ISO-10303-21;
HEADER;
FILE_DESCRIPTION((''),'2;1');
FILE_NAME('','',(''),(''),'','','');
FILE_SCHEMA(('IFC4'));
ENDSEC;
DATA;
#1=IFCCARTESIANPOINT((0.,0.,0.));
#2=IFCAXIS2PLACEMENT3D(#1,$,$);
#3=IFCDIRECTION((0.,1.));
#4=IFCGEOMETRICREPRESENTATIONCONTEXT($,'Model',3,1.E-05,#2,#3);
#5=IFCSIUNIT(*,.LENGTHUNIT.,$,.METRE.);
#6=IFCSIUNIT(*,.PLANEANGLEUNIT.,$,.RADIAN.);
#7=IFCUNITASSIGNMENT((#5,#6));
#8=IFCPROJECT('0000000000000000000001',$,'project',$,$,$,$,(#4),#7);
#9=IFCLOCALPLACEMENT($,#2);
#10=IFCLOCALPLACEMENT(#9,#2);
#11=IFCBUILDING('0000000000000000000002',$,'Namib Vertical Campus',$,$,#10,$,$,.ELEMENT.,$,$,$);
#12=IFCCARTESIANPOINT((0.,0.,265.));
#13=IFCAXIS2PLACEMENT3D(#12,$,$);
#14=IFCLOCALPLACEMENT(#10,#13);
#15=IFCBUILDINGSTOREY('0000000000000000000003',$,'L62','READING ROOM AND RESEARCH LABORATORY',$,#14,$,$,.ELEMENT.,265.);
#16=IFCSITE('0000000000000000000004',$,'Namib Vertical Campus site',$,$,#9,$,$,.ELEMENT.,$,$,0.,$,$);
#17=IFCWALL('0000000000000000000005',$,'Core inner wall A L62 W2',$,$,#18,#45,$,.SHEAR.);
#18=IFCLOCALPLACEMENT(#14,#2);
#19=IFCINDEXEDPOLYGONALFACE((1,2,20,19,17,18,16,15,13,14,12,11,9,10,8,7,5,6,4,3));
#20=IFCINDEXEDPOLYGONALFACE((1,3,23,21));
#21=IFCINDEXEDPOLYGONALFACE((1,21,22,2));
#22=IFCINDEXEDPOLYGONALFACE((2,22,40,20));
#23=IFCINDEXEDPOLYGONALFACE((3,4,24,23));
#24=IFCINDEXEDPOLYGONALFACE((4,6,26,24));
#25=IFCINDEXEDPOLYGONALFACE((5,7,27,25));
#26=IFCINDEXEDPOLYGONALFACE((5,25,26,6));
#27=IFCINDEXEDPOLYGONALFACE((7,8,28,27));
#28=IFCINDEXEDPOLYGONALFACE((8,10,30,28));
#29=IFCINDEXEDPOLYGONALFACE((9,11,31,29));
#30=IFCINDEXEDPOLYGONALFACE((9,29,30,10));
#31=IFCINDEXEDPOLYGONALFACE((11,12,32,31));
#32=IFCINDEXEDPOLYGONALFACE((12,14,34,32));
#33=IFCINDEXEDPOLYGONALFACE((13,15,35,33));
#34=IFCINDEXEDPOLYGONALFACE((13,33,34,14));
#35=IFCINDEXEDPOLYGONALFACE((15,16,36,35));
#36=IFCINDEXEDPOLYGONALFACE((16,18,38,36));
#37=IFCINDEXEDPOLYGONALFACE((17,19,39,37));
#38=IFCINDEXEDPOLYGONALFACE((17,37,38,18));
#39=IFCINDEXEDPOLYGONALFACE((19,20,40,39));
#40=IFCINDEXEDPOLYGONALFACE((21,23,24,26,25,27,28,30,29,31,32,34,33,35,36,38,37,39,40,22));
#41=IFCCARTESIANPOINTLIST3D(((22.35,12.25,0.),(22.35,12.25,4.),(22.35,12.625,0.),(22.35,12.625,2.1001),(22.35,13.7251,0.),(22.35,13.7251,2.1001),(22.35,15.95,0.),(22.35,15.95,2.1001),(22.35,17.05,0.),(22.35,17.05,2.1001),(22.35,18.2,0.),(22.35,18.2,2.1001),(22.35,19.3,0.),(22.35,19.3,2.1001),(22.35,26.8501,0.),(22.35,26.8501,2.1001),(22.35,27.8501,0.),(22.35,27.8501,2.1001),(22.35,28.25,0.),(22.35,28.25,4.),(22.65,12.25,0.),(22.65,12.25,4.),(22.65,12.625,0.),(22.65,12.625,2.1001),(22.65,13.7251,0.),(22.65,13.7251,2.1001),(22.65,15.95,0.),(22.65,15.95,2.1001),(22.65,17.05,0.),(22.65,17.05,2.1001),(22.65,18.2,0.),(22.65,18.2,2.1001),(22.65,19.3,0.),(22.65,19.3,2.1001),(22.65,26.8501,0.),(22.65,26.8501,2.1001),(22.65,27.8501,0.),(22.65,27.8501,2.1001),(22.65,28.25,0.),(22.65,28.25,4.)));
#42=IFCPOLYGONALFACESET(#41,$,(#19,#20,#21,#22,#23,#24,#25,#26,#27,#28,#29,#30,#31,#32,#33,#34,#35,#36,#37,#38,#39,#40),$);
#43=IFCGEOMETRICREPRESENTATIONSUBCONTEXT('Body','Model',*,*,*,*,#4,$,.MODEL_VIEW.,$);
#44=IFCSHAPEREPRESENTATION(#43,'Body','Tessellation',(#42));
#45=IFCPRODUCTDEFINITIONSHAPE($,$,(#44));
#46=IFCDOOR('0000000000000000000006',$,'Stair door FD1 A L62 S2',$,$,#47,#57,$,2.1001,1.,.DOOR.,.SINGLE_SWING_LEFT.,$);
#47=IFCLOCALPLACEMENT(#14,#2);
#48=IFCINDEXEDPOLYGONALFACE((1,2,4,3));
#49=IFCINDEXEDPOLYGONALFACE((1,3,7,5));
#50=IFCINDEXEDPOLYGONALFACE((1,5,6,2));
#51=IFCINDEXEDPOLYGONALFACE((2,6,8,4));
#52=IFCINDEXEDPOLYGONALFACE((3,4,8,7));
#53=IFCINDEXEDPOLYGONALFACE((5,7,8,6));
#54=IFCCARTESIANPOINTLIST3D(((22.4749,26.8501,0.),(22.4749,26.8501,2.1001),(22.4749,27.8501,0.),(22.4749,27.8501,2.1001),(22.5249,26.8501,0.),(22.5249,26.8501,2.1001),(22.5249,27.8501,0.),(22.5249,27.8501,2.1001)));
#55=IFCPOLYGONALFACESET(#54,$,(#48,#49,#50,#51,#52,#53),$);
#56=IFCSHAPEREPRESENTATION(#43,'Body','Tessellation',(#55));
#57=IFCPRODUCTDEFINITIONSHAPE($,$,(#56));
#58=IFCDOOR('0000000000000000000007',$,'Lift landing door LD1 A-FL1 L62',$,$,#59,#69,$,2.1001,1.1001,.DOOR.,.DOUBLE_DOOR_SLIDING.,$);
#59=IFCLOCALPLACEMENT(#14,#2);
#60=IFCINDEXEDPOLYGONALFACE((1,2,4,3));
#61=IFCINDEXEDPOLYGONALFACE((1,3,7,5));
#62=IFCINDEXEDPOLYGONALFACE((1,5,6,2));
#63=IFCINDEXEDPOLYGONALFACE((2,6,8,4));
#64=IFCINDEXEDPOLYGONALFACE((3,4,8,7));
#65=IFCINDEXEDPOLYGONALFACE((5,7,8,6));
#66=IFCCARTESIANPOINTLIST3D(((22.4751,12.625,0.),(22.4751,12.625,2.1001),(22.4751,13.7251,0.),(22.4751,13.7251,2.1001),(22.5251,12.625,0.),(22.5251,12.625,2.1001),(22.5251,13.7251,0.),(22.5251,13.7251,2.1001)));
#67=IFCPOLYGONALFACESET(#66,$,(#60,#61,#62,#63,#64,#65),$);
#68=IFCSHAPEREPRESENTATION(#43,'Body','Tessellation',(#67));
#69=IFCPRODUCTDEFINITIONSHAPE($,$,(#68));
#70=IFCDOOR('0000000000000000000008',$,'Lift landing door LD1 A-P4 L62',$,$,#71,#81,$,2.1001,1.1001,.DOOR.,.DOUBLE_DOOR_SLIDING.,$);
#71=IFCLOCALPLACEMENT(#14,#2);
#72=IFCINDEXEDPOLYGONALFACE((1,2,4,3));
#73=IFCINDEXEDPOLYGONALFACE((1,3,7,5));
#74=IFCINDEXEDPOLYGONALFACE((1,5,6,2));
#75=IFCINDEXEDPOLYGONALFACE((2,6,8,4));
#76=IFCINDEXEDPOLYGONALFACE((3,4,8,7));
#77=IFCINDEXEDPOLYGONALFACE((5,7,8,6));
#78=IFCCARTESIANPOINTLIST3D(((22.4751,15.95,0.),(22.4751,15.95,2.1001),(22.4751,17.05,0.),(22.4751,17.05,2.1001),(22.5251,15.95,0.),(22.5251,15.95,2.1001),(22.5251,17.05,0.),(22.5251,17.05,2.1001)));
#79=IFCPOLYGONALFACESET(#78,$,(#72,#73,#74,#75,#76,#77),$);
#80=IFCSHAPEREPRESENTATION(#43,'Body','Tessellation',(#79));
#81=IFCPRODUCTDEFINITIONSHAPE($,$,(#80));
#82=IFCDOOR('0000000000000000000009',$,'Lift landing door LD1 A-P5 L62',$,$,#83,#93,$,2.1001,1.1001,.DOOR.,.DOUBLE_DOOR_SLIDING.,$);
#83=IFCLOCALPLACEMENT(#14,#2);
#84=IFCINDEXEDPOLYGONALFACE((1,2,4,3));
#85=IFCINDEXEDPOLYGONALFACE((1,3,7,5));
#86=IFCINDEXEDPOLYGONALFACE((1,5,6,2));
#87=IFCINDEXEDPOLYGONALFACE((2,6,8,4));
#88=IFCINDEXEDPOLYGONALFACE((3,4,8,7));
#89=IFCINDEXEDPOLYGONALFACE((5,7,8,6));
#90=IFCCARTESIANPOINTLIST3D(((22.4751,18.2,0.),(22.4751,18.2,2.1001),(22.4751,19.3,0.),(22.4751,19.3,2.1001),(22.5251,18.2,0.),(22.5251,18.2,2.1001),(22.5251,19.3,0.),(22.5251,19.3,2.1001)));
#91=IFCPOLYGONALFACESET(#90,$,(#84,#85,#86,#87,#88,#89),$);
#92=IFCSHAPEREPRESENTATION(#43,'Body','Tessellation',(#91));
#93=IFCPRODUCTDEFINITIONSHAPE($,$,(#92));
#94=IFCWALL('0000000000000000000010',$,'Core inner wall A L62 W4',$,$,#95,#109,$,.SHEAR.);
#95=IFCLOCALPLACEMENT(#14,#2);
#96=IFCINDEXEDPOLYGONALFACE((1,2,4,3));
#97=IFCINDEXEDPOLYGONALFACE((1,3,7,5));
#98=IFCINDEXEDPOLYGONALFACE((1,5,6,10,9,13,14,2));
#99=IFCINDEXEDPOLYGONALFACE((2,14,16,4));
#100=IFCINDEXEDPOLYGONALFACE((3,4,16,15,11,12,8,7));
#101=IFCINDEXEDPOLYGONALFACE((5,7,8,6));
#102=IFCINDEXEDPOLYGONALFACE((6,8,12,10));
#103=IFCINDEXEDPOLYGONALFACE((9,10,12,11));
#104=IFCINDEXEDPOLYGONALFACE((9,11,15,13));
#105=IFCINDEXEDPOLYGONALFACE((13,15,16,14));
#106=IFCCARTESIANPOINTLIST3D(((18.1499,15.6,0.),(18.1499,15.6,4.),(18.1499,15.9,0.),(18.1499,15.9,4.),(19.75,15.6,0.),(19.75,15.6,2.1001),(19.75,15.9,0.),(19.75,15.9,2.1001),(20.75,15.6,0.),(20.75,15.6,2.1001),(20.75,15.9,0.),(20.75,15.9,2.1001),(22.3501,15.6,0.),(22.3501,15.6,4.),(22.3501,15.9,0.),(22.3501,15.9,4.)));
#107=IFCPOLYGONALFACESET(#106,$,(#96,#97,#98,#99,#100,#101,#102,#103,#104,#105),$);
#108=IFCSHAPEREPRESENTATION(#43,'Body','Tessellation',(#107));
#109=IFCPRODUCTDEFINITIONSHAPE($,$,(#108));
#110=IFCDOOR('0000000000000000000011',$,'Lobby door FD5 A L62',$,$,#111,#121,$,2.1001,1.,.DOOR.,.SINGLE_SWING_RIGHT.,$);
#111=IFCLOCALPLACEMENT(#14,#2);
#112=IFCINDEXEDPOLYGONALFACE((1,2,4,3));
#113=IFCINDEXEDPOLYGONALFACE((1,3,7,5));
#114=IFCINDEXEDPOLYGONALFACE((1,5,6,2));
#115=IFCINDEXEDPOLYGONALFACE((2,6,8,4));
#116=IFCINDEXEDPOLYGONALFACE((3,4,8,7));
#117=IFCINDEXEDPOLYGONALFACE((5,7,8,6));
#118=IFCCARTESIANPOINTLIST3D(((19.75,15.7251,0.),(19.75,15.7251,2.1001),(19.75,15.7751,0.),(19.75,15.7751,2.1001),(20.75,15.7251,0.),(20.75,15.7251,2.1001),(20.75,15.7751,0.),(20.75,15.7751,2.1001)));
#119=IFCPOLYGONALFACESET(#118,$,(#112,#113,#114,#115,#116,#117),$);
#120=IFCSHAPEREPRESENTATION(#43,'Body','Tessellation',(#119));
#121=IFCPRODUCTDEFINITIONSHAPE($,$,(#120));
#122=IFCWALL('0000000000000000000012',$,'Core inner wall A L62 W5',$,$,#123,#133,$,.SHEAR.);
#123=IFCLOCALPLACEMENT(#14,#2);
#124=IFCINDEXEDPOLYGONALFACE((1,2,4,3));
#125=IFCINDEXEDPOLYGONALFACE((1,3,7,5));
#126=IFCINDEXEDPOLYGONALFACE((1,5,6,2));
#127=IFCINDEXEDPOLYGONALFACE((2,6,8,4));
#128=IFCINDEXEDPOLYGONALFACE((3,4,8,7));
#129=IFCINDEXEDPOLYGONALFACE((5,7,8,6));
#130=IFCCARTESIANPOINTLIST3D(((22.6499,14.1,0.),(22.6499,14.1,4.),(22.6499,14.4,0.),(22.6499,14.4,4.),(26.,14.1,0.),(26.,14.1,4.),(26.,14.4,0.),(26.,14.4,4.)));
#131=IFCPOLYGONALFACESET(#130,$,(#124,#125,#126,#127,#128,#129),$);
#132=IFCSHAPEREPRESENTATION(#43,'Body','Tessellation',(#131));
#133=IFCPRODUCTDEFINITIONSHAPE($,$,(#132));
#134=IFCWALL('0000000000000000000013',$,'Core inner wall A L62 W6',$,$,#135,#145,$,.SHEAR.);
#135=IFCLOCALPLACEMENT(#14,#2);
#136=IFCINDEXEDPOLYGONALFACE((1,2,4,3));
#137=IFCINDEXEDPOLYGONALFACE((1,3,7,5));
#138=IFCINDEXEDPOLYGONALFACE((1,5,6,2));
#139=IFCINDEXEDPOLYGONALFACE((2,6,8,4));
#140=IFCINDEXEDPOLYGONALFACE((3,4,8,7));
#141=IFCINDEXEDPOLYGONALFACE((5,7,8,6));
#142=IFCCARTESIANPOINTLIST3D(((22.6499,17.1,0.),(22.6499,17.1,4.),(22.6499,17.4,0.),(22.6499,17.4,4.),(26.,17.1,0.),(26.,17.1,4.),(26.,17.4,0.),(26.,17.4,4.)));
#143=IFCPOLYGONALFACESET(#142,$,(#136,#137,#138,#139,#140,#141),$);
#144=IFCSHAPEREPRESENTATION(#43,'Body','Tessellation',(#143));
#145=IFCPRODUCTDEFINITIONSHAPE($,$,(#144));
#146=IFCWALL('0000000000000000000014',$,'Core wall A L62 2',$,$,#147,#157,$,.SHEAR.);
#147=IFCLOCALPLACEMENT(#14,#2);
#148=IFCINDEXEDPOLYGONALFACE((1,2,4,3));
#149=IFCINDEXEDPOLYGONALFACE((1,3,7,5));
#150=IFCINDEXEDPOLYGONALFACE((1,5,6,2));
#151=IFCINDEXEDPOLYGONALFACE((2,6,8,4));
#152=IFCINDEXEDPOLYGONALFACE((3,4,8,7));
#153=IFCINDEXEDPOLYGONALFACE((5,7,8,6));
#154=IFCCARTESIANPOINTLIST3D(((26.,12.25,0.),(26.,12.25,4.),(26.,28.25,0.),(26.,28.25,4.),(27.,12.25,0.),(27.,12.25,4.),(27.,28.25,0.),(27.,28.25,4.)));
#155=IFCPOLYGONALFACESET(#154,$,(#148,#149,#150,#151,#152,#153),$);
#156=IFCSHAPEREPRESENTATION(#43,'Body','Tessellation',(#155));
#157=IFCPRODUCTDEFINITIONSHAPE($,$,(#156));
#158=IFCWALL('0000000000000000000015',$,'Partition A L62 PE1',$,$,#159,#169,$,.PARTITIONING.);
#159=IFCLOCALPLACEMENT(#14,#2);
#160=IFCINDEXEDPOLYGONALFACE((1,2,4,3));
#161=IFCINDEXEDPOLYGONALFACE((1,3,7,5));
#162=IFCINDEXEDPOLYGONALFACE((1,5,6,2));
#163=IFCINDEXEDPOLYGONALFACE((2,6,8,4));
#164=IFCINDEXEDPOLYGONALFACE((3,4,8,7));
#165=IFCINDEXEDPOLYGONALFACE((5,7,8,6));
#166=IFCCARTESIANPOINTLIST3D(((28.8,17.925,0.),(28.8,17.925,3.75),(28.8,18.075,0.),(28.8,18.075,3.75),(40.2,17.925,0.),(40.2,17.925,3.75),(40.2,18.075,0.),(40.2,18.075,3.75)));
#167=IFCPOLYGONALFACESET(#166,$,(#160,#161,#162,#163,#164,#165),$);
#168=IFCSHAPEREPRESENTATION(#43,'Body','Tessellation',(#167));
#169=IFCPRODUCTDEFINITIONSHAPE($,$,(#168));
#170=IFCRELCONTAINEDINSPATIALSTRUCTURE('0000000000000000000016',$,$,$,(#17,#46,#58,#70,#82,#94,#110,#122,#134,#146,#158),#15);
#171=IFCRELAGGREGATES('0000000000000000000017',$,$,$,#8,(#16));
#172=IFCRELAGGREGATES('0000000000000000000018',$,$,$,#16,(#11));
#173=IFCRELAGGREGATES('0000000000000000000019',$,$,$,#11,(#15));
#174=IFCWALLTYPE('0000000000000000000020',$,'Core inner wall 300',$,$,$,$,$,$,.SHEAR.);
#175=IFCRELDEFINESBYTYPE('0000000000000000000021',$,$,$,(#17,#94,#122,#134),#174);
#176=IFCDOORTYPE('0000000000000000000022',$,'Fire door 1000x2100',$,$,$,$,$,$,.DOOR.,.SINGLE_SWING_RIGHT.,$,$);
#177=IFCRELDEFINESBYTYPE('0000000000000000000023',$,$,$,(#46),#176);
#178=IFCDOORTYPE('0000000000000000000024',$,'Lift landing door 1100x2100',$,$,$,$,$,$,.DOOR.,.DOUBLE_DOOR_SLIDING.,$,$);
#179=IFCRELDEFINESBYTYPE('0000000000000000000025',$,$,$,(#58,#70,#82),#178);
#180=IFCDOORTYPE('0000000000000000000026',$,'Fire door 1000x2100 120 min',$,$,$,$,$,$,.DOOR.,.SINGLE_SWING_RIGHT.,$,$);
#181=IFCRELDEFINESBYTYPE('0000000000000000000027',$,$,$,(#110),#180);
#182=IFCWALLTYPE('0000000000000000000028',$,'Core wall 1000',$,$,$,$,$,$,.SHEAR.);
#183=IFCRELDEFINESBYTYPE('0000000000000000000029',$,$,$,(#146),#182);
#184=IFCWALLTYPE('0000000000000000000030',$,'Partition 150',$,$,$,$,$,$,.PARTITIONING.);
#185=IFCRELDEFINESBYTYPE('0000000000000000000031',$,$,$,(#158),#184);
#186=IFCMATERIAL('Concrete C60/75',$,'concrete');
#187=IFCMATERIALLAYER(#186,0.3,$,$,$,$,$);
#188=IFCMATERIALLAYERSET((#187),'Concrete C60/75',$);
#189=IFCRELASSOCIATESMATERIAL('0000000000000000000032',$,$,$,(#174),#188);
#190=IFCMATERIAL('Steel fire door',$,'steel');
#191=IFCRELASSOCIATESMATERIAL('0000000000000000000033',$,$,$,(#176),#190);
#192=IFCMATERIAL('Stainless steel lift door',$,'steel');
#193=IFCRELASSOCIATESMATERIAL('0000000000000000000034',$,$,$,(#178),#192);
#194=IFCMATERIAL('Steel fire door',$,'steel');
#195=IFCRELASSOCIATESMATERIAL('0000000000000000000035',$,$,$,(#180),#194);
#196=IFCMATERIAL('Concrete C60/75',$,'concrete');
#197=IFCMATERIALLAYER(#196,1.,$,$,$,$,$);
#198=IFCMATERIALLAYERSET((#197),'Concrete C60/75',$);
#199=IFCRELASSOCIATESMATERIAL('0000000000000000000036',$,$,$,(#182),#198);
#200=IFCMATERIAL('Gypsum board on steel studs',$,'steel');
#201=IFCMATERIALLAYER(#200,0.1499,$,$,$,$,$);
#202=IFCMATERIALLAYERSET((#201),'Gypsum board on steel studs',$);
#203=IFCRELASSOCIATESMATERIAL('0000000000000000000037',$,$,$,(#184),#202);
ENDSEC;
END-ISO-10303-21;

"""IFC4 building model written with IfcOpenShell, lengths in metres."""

from ifc_helpers import new_model, si_unit, direction, frame, frame_2d, origin, place, context, subcontext, project, spatial, rectangle, extrude, material, layer, layer_set, type_object, element, fill, save


model = new_model("IFC4")

# Units and contexts
model_context = context("Model", 3, precision=1e-05, world=origin(), true_north=direction((0.0, 1.0)))
body_context = subcontext(model_context, "Body", "Model", "MODEL_VIEW")
ifc_project = project(units=[si_unit("LENGTHUNIT", "METRE"), si_unit("PLANEANGLEUNIT", "RADIAN")], contexts=[model_context])

# Site, building, storey
site_placement = place(None, origin())
site = spatial("IfcSite", under=ifc_project, at=site_placement, Name="Namib Vertical Campus site", CompositionType="ELEMENT", RefElevation=0.0)
building_placement = place(site_placement, origin())
building = spatial("IfcBuilding", under=site, at=building_placement, Name="Namib Vertical Campus", CompositionType="ELEMENT")
storey_placement = place(building_placement, frame((0.0, 0.0, 265.0)))
storey = spatial("IfcBuildingStorey", under=building, at=storey_placement, Name="L62", Description="READING ROOM AND RESEARCH LABORATORY", CompositionType="ELEMENT", Elevation=265.0)

# Wall, openings, doors
ifc_material_1 = material(Name="Concrete C60/75", Category="concrete")
ifc_layer_1 = layer(ifc_material_1, 0.3)
ifc_layer_set_1 = layer_set([ifc_layer_1], Name="Concrete C60/75")
wall_type_1 = type_object("IfcWallType", Name="Core inner wall 300", PredefinedType="SHEAR", material=ifc_layer_set_1)
wall_1_placement = place(storey_placement, frame((22.5, 12.25, 0.0), z_axis=(0.0, 0.0, 1.0), x_axis=(0.0, 1.0, 0.0)))
wall_1 = element("IfcWall", 1, at=wall_1_placement, inside=storey, type_object=wall_type_1, Name="Core inner wall A L62 W2", PredefinedType="SHEAR", context=body_context, shape_type="SweptSolid", body=[
    extrude(rectangle(XDim=16.0, YDim=0.3, at=frame_2d((8.0, 0.0))), origin(), (0.0, 0.0, 1.0), 4.0),
])
opening_1_placement = place(wall_1_placement, frame((14.6001, 0.0, 0.0)))
opening_1 = element("IfcOpeningElement", 2, at=opening_1_placement, cuts=wall_1, PredefinedType="OPENING", context=body_context, shape_type="SweptSolid", body=[
    extrude(rectangle(XDim=1.0, YDim=2.1001, at=frame_2d((0.5, 1.05))), frame((0.0, 0.1599, 0.0), z_axis=(0.0, -1.0, 0.0), x_axis=(1.0, 0.0, 0.0)), (0.0, 0.0, 1.0), 0.3201),
])
opening_2_placement = place(wall_1_placement, frame((0.375, 0.0, 0.0)))
opening_2 = element("IfcOpeningElement", 3, at=opening_2_placement, cuts=wall_1, PredefinedType="OPENING", context=body_context, shape_type="SweptSolid", body=[
    extrude(rectangle(XDim=1.1001, YDim=2.1001, at=frame_2d((0.55, 1.05))), frame((0.0, 0.1599, 0.0), z_axis=(0.0, -1.0, 0.0), x_axis=(1.0, 0.0, 0.0)), (0.0, 0.0, 1.0), 0.3201),
])
opening_3_placement = place(wall_1_placement, frame((3.7, 0.0, 0.0)))
opening_3 = element("IfcOpeningElement", 4, at=opening_3_placement, cuts=wall_1, PredefinedType="OPENING", context=body_context, shape_type="SweptSolid", body=[
    extrude(rectangle(XDim=1.1001, YDim=2.1001, at=frame_2d((0.55, 1.05))), frame((0.0, 0.1599, 0.0), z_axis=(0.0, -1.0, 0.0), x_axis=(1.0, 0.0, 0.0)), (0.0, 0.0, 1.0), 0.3201),
])
opening_4_placement = place(wall_1_placement, frame((5.95, 0.0, 0.0)))
opening_4 = element("IfcOpeningElement", 5, at=opening_4_placement, cuts=wall_1, PredefinedType="OPENING", context=body_context, shape_type="SweptSolid", body=[
    extrude(rectangle(XDim=1.1001, YDim=2.1001, at=frame_2d((0.55, 1.05))), frame((0.0, 0.1599, 0.0), z_axis=(0.0, -1.0, 0.0), x_axis=(1.0, 0.0, 0.0)), (0.0, 0.0, 1.0), 0.3201),
])
ifc_material_2 = material(Name="Steel fire door", Category="steel")
door_type_1 = type_object("IfcDoorType", Name="Fire door 1000x2100", OperationType="SINGLE_SWING_RIGHT", PredefinedType="DOOR", material=ifc_material_2)
door_1_placement = place(opening_1_placement, frame((1.0, 0.0, 0.0), z_axis=(0.0, 0.0, 1.0), x_axis=(-1.0, 0.0, 0.0)))
door_1 = element("IfcDoor", 6, at=door_1_placement, inside=storey, type_object=door_type_1, Name="Stair door FD1 A L62 S2", OperationType="SINGLE_SWING_LEFT", OverallHeight=2.1001, OverallWidth=1.0, PredefinedType="DOOR", context=body_context, shape_type="SweptSolid", body=[
    extrude(rectangle(XDim=1.0, YDim=2.1001, at=frame_2d((0.5, 1.05))), frame((0.0, 0.0249, 0.0), z_axis=(0.0, -1.0, 0.0), x_axis=(1.0, 0.0, 0.0)), (0.0, 0.0, 1.0), 0.05),
])
fill(opening_1, door_1)
ifc_material_3 = material(Name="Stainless steel lift door", Category="steel")
door_type_2 = type_object("IfcDoorType", Name="Lift landing door 1100x2100", OperationType="DOUBLE_DOOR_SLIDING", PredefinedType="DOOR", material=ifc_material_3)
door_2_placement = place(opening_2_placement, origin())
door_2 = element("IfcDoor", 7, at=door_2_placement, inside=storey, type_object=door_type_2, Name="Lift landing door LD1 A-FL1 L62", OperationType="DOUBLE_DOOR_SLIDING", OverallHeight=2.1001, OverallWidth=1.1001, PredefinedType="DOOR", context=body_context, shape_type="SweptSolid", body=[
    extrude(rectangle(XDim=1.1001, YDim=2.1001, at=frame_2d((0.55, 1.05))), frame((0.0, 0.0249, 0.0), z_axis=(0.0, -1.0, 0.0), x_axis=(1.0, 0.0, 0.0)), (0.0, 0.0, 1.0), 0.05),
])
fill(opening_2, door_2)
door_3_placement = place(opening_3_placement, origin())
door_3 = element("IfcDoor", 8, at=door_3_placement, inside=storey, type_object=door_type_2, Name="Lift landing door LD1 A-P4 L62", OperationType="DOUBLE_DOOR_SLIDING", OverallHeight=2.1001, OverallWidth=1.1001, PredefinedType="DOOR", context=body_context, shape_type="SweptSolid", body=[
    extrude(rectangle(XDim=1.1001, YDim=2.1001, at=frame_2d((0.55, 1.05))), frame((0.0, 0.0249, 0.0), z_axis=(0.0, -1.0, 0.0), x_axis=(1.0, 0.0, 0.0)), (0.0, 0.0, 1.0), 0.05),
])
fill(opening_3, door_3)
door_4_placement = place(opening_4_placement, origin())
door_4 = element("IfcDoor", 9, at=door_4_placement, inside=storey, type_object=door_type_2, Name="Lift landing door LD1 A-P5 L62", OperationType="DOUBLE_DOOR_SLIDING", OverallHeight=2.1001, OverallWidth=1.1001, PredefinedType="DOOR", context=body_context, shape_type="SweptSolid", body=[
    extrude(rectangle(XDim=1.1001, YDim=2.1001, at=frame_2d((0.55, 1.05))), frame((0.0, 0.0249, 0.0), z_axis=(0.0, -1.0, 0.0), x_axis=(1.0, 0.0, 0.0)), (0.0, 0.0, 1.0), 0.05),
])
fill(opening_4, door_4)

# Wall, opening, door
wall_2_placement = place(storey_placement, frame((18.1499, 15.75, 0.0), z_axis=(0.0, 0.0, 1.0), x_axis=(1.0, 0.0, 0.0)))
wall_2 = element("IfcWall", 10, at=wall_2_placement, inside=storey, type_object=wall_type_1, Name="Core inner wall A L62 W4", PredefinedType="SHEAR", context=body_context, shape_type="SweptSolid", body=[
    extrude(rectangle(XDim=4.2002, YDim=0.3, at=frame_2d((2.1001, 0.0))), origin(), (0.0, 0.0, 1.0), 4.0),
])
opening_5_placement = place(wall_2_placement, frame((1.6001, 0.0, 0.0)))
opening_5 = element("IfcOpeningElement", 11, at=opening_5_placement, cuts=wall_2, PredefinedType="OPENING", context=body_context, shape_type="SweptSolid", body=[
    extrude(rectangle(XDim=1.0, YDim=2.1001, at=frame_2d((0.5, 1.05))), frame((0.0, 0.1599, 0.0), z_axis=(0.0, -1.0, 0.0), x_axis=(1.0, 0.0, 0.0)), (0.0, 0.0, 1.0), 0.3201),
])
ifc_material_4 = material(Name="Steel fire door", Category="steel")
door_type_3 = type_object("IfcDoorType", Name="Fire door 1000x2100 120 min", OperationType="SINGLE_SWING_RIGHT", PredefinedType="DOOR", material=ifc_material_4)
door_5_placement = place(opening_5_placement, frame((1.0, 0.0, 0.0), z_axis=(0.0, 0.0, 1.0), x_axis=(-1.0, 0.0, 0.0)))
door_5 = element("IfcDoor", 12, at=door_5_placement, inside=storey, type_object=door_type_3, Name="Lobby door FD5 A L62", OperationType="SINGLE_SWING_RIGHT", OverallHeight=2.1001, OverallWidth=1.0, PredefinedType="DOOR", context=body_context, shape_type="SweptSolid", body=[
    extrude(rectangle(XDim=1.0, YDim=2.1001, at=frame_2d((0.5, 1.05))), frame((0.0, 0.0249, 0.0), z_axis=(0.0, -1.0, 0.0), x_axis=(1.0, 0.0, 0.0)), (0.0, 0.0, 1.0), 0.05),
])
fill(opening_5, door_5)

# Walls
for number, where, z_axis, x_axis, name in (
    (13, (22.6499, 14.25, 0.0), (0.0, 0.0, 1.0), (1.0, 0.0, 0.0), "Core inner wall A L62 W5"),
    (14, (22.6499, 17.25, 0.0), (0.0, 0.0, 1.0), (1.0, 0.0, 0.0), "Core inner wall A L62 W6"),
):
    element("IfcWall", number, at=place(storey_placement, frame(where, z_axis=z_axis, x_axis=x_axis)), inside=storey, type_object=wall_type_1, Name=name, PredefinedType="SHEAR", context=body_context, shape_type="SweptSolid", body=[
        extrude(rectangle(XDim=3.3501, YDim=0.3, at=frame_2d((1.675, 0.0))), origin(), (0.0, 0.0, 1.0), 4.0),
    ])
ifc_material_5 = material(Name="Concrete C60/75", Category="concrete")
ifc_layer_2 = layer(ifc_material_5, 1.0)
ifc_layer_set_2 = layer_set([ifc_layer_2], Name="Concrete C60/75")
wall_type_2 = type_object("IfcWallType", Name="Core wall 1000", PredefinedType="SHEAR", material=ifc_layer_set_2)
wall_3_placement = place(storey_placement, frame((26.5, 12.25, 0.0), z_axis=(0.0, 0.0, 1.0), x_axis=(0.0, 1.0, 0.0)))
element("IfcWall", 15, at=wall_3_placement, inside=storey, type_object=wall_type_2, Name="Core wall A L62 2", PredefinedType="SHEAR", context=body_context, shape_type="SweptSolid", body=[
    extrude(rectangle(XDim=16.0, YDim=1.0, at=frame_2d((8.0, 0.0))), origin(), (0.0, 0.0, 1.0), 4.0),
])
ifc_material_6 = material(Name="Gypsum board on steel studs", Category="steel")
ifc_layer_3 = layer(ifc_material_6, 0.1499)
ifc_layer_set_3 = layer_set([ifc_layer_3], Name="Gypsum board on steel studs")
wall_type_3 = type_object("IfcWallType", Name="Partition 150", PredefinedType="PARTITIONING", material=ifc_layer_set_3)
wall_4_placement = place(storey_placement, frame((28.8, 18.0, 0.0), z_axis=(0.0, 0.0, 1.0), x_axis=(1.0, 0.0, 0.0)))
element("IfcWall", 16, at=wall_4_placement, inside=storey, type_object=wall_type_3, Name="Partition A L62 PE1", PredefinedType="PARTITIONING", context=body_context, shape_type="SweptSolid", body=[
    extrude(rectangle(XDim=11.3999, YDim=0.1499, at=frame_2d((5.7, 0.0))), origin(), (0.0, 0.0, 1.0), 3.75),
])

save(model, "model.ifc")
